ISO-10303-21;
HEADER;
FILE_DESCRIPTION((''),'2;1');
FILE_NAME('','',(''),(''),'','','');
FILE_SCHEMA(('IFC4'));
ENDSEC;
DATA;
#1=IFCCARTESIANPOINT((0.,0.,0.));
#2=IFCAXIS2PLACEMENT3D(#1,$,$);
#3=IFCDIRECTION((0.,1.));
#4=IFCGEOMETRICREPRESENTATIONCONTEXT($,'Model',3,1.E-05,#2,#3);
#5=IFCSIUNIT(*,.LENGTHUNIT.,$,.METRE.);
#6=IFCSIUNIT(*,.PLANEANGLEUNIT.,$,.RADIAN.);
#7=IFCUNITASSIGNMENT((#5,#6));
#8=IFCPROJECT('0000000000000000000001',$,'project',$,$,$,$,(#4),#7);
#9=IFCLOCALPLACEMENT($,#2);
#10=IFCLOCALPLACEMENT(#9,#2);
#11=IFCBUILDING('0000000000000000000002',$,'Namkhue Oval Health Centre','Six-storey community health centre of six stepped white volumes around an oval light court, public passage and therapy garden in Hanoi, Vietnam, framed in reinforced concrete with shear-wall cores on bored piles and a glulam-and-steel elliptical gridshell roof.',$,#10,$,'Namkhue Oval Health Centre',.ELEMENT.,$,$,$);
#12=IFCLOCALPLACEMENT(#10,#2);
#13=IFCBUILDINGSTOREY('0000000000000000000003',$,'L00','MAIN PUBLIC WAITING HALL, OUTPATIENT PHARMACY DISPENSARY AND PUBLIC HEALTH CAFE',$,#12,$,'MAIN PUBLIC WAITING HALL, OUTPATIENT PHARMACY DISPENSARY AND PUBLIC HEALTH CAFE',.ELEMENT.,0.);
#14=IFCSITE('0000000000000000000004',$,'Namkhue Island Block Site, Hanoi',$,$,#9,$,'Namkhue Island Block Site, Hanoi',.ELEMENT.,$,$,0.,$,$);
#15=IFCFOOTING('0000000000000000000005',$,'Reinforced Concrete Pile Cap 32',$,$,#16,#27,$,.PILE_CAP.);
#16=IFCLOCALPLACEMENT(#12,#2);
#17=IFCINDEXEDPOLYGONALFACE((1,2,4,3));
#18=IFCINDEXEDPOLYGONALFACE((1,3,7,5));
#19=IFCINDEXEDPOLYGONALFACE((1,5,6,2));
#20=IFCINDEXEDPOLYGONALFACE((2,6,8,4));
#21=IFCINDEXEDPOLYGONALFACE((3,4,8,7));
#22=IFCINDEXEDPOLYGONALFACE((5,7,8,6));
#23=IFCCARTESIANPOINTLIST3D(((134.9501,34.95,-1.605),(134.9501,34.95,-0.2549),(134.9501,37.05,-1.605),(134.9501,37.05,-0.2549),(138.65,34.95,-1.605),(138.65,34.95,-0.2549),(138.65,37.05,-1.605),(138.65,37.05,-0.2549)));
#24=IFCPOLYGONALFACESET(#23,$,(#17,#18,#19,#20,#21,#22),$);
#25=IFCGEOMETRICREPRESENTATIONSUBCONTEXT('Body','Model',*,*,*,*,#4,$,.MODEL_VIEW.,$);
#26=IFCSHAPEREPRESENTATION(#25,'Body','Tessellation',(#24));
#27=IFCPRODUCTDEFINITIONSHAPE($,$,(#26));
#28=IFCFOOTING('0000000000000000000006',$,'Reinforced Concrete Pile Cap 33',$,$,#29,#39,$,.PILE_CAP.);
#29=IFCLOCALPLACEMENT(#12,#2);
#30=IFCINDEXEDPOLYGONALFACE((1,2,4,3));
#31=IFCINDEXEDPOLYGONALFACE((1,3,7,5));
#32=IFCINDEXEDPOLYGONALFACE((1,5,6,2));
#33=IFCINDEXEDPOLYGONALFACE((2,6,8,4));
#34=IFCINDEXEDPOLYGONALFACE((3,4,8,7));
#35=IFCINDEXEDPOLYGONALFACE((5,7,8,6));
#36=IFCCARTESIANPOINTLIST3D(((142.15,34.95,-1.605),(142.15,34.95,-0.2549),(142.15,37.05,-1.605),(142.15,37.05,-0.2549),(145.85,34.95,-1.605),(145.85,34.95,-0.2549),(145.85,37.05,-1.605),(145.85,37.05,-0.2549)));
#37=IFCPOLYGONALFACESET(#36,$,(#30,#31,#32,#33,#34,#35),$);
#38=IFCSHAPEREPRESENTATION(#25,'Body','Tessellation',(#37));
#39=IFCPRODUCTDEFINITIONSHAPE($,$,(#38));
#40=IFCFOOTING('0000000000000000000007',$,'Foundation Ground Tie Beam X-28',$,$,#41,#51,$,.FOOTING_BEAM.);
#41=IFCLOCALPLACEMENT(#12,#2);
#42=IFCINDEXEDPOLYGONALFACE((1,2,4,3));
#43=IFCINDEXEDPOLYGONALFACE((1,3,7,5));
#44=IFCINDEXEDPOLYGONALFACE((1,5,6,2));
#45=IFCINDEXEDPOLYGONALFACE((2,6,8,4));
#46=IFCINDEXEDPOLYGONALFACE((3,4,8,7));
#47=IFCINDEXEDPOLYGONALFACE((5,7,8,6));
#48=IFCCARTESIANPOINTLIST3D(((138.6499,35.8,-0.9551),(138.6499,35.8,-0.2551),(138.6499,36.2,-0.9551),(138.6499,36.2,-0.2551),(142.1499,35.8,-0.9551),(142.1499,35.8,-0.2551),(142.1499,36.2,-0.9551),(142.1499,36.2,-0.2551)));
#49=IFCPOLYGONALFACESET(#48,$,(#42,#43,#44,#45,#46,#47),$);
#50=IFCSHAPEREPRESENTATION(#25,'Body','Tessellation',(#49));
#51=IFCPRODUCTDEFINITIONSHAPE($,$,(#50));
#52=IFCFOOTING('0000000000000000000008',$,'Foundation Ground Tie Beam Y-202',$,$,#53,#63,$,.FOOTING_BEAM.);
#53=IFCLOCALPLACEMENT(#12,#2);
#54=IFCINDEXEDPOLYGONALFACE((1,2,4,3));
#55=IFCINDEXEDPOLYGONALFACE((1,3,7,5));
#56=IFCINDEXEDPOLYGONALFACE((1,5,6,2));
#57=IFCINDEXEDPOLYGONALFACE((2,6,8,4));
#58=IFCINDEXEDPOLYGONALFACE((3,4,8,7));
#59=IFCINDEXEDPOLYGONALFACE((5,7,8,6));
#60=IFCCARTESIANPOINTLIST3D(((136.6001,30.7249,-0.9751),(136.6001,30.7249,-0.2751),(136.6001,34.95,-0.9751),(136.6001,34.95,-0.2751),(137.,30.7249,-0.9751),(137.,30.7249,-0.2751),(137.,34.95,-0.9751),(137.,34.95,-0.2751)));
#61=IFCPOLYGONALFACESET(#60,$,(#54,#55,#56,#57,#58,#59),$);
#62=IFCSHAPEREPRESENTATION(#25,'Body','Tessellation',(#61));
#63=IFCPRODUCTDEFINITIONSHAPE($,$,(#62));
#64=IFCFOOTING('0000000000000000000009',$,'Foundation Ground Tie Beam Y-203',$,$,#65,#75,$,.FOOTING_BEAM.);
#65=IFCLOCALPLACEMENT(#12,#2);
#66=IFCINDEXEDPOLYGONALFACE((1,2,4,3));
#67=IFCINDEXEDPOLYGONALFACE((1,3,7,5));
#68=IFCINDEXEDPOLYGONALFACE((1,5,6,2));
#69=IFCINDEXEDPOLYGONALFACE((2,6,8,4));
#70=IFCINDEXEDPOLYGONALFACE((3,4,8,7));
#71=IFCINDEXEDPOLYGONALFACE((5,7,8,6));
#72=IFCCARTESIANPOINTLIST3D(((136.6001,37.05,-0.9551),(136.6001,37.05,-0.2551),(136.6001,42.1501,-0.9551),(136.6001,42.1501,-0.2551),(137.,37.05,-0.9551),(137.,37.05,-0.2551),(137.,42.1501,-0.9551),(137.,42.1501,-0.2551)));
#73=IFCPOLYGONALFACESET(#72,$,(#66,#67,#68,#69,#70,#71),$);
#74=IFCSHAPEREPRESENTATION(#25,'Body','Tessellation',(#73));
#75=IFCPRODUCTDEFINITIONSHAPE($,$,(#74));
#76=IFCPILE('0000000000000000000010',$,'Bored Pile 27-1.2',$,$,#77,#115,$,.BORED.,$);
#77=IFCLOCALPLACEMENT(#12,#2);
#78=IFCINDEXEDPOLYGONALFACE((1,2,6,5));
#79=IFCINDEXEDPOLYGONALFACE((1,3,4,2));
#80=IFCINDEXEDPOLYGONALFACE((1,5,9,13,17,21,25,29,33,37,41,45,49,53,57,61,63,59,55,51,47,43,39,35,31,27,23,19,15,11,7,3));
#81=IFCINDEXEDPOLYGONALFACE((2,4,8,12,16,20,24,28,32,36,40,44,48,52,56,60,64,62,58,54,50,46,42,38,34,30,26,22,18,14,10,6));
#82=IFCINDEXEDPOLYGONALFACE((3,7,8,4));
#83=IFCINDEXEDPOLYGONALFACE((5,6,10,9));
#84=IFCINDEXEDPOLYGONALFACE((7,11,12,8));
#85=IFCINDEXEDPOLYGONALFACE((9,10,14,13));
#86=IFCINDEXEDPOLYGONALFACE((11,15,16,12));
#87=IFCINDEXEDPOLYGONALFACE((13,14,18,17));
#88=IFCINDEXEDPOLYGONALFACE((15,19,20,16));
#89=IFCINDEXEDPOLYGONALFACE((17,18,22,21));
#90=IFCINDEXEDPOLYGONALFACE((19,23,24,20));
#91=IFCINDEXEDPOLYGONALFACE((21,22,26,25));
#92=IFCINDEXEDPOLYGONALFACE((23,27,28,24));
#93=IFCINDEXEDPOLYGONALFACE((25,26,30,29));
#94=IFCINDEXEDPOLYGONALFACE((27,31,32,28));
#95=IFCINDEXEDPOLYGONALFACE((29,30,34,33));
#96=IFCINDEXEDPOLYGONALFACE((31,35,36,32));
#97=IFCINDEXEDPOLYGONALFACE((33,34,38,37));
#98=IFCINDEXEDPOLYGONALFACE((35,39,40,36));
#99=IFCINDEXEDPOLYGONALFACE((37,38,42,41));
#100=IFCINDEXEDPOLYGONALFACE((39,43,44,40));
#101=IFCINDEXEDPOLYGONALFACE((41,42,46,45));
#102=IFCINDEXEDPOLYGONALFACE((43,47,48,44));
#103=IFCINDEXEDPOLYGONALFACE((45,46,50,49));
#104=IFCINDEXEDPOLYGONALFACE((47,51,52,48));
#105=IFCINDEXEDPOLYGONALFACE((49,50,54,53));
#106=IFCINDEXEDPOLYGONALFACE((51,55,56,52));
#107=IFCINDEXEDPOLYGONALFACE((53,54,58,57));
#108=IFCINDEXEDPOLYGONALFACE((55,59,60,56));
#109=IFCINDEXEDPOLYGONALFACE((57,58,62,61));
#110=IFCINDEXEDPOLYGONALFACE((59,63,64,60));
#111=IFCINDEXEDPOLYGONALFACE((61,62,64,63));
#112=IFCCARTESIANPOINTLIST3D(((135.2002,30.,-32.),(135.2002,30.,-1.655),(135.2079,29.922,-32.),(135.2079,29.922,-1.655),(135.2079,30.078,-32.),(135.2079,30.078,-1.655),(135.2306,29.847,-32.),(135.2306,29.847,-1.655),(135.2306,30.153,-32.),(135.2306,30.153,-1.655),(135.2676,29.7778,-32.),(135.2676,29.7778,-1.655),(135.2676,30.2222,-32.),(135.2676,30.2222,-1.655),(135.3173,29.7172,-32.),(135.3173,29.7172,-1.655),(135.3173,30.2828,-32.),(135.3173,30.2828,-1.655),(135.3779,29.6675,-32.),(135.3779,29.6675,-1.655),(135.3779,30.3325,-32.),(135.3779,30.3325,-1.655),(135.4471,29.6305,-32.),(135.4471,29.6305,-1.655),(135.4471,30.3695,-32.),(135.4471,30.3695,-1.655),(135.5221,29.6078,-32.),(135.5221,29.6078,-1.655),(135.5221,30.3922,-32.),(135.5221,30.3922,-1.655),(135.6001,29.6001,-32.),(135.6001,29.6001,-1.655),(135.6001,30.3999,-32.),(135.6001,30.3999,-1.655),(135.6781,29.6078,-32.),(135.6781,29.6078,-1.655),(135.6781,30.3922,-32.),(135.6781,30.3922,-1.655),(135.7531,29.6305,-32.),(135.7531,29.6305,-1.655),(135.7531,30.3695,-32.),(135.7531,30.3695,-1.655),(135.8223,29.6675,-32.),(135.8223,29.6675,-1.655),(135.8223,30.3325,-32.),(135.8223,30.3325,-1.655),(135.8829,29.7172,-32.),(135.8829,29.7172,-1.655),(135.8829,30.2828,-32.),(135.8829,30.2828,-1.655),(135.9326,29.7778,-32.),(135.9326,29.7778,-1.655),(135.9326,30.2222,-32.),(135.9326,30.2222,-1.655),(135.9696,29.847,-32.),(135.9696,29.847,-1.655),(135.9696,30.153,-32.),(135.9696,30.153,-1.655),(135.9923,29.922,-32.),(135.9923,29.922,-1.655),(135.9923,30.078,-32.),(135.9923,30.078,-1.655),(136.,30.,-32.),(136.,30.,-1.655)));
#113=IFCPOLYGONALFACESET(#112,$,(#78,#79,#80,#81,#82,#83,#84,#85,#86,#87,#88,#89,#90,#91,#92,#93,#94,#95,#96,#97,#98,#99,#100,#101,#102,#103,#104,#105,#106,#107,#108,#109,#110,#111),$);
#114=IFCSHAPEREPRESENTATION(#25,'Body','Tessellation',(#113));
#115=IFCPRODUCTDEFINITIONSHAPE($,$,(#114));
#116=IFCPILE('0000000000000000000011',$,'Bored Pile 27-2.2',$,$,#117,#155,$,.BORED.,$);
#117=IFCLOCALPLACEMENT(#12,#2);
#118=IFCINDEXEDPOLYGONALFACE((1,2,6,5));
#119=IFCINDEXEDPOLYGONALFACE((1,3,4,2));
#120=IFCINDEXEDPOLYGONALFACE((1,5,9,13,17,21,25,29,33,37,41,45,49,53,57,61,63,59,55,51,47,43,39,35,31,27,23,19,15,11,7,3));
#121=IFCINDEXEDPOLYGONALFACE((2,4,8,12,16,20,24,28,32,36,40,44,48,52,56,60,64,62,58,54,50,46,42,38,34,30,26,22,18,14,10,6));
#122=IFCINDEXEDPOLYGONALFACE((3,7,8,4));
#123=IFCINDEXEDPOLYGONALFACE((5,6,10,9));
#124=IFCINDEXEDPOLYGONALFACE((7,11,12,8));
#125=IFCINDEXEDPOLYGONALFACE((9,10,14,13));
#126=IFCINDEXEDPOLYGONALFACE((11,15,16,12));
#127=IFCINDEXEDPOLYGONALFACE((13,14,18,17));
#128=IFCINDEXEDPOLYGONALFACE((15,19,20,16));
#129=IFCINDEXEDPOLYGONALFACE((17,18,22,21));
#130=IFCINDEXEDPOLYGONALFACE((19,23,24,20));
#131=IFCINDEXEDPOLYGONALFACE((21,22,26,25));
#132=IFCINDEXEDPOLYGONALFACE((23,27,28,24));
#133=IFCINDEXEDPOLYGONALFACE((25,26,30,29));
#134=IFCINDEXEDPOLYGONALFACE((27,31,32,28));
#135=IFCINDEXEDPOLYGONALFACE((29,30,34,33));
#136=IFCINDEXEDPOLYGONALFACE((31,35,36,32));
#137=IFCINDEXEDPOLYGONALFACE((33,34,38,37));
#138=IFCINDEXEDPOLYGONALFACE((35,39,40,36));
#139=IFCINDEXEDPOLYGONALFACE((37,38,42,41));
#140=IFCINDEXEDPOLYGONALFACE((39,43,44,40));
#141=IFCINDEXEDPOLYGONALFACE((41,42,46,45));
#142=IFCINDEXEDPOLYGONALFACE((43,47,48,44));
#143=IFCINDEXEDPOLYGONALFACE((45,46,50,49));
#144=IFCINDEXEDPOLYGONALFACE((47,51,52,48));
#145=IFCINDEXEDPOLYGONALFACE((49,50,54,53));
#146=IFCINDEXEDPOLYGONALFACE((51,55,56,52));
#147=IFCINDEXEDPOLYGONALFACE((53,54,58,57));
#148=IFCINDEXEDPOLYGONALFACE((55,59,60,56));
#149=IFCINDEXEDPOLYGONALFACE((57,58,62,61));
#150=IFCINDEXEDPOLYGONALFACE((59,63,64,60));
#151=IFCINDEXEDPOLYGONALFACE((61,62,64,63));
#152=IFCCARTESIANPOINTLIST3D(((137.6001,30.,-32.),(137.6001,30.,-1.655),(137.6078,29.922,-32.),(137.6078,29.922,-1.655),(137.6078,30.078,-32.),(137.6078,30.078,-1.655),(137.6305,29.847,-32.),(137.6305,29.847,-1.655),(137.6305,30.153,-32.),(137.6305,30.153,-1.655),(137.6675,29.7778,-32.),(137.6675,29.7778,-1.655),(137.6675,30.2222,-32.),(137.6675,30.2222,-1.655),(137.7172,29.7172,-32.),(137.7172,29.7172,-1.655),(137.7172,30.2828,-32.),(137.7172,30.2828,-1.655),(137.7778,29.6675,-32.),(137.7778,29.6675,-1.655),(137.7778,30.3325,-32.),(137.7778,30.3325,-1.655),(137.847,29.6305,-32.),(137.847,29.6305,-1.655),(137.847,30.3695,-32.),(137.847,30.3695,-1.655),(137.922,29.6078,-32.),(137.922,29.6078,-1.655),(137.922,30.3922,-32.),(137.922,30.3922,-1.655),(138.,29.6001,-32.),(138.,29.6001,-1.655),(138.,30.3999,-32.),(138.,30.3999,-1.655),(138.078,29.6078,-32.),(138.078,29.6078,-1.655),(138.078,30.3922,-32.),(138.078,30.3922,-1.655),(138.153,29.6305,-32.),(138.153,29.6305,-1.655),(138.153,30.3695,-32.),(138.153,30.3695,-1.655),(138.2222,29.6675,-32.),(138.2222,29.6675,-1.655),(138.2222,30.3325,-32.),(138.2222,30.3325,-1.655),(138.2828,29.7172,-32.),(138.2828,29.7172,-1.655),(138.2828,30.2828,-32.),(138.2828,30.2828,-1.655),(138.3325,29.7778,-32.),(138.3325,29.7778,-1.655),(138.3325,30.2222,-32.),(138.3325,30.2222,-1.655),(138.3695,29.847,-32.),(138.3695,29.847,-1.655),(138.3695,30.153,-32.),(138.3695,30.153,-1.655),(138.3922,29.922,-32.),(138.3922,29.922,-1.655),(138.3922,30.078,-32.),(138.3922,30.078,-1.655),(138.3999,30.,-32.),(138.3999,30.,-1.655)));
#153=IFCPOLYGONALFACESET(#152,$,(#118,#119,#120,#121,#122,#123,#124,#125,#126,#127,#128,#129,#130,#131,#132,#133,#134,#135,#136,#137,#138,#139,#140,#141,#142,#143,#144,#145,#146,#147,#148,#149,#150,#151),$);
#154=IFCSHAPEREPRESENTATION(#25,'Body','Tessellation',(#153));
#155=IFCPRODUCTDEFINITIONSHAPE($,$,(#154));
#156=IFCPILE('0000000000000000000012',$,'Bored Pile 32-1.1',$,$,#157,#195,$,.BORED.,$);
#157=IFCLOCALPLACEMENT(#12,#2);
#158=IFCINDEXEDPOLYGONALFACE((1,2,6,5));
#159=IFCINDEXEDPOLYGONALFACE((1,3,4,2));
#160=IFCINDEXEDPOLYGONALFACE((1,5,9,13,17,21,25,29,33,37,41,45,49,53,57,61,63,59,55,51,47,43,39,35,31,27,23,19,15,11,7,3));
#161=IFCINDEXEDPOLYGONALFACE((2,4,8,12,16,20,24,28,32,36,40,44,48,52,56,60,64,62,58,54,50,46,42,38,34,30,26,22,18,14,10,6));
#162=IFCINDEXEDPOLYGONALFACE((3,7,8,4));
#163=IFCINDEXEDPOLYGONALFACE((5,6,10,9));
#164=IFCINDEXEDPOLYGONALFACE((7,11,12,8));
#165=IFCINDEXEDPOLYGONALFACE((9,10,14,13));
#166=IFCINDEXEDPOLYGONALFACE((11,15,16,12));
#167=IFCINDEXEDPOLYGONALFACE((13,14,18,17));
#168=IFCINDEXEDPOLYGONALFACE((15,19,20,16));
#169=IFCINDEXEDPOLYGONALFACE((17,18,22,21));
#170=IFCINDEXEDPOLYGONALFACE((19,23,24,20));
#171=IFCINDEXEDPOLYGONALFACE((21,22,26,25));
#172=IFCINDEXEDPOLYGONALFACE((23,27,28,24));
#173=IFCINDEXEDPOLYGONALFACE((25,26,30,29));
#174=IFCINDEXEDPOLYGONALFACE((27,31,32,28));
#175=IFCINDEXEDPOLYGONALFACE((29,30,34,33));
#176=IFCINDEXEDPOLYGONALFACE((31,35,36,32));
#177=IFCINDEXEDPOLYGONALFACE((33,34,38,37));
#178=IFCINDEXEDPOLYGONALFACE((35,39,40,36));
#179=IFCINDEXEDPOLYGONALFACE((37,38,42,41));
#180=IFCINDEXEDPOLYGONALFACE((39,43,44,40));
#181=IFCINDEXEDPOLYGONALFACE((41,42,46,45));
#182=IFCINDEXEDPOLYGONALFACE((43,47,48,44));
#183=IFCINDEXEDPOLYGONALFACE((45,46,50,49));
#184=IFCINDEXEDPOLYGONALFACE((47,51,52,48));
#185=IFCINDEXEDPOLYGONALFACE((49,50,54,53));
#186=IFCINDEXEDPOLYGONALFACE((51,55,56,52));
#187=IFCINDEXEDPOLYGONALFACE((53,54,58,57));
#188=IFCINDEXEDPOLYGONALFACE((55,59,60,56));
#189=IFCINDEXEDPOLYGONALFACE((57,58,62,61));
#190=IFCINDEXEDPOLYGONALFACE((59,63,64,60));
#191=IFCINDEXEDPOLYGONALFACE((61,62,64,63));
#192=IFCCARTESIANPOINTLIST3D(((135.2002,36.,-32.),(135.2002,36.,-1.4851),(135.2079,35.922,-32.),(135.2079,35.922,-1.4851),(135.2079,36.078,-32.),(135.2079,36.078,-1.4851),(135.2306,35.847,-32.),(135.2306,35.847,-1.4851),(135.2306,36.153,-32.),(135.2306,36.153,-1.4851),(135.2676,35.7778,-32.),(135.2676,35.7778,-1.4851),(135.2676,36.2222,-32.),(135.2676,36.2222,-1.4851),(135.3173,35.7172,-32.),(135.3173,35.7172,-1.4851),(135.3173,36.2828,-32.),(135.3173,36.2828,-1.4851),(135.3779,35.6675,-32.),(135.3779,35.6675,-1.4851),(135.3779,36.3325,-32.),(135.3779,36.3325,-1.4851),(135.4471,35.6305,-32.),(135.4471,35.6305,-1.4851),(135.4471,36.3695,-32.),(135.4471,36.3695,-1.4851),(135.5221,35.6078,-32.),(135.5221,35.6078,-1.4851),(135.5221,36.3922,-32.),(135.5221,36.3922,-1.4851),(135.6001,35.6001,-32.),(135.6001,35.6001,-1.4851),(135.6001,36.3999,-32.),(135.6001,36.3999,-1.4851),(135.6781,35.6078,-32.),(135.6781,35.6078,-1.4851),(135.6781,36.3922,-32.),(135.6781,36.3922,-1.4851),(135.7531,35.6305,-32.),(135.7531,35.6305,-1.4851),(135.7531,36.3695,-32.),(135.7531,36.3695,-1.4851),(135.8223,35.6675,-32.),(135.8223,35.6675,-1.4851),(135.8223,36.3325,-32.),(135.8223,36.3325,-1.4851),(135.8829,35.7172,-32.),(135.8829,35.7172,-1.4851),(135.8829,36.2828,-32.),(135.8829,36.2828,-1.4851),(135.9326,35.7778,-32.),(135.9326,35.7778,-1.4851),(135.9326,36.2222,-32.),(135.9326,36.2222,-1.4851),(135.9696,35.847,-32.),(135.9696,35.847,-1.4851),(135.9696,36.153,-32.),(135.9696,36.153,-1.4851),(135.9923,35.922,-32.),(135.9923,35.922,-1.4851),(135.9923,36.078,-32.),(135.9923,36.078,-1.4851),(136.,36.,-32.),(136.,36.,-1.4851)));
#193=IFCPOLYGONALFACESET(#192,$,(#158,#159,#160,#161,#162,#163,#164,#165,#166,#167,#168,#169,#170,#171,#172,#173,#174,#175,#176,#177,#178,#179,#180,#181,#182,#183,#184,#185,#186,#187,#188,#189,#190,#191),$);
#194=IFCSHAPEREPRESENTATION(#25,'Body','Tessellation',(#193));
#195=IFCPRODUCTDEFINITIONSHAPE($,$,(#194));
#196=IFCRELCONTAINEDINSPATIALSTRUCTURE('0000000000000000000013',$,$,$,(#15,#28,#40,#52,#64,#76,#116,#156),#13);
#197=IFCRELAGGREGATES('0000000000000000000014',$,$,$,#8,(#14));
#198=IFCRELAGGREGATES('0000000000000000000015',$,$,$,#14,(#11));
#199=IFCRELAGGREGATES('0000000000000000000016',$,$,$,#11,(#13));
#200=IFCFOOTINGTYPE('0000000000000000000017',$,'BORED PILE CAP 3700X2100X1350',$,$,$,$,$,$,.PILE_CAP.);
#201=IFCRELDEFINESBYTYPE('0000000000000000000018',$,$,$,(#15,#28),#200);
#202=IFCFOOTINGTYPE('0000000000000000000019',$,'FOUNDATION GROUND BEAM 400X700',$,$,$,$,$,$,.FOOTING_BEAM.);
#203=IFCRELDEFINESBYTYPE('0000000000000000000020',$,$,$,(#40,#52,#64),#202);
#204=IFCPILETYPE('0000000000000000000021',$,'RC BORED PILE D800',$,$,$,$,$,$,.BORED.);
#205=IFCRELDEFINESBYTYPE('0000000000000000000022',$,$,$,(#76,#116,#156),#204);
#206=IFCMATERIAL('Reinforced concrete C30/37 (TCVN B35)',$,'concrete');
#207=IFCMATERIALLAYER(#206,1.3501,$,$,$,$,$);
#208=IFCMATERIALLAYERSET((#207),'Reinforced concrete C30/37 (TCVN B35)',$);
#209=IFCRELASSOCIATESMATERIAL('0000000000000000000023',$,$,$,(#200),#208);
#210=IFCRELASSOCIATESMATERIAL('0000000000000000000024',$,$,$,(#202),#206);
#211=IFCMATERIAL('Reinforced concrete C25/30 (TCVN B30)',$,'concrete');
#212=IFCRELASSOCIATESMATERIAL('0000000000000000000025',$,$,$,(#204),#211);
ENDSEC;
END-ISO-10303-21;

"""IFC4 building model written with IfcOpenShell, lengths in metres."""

from ifc_helpers import new_model, si_unit, direction, frame, origin, origin_2d, place, context, subcontext, project, spatial, rectangle, circle, extrude, material, layer, layer_set, material_profile, profile_set, type_object, element, save


model = new_model("IFC4")

# Units and contexts
model_context = context("Model", 3, precision=1e-05, world=origin(), true_north=direction((0.0, 1.0)))
body_context = subcontext(model_context, "Body", "Model", "MODEL_VIEW")
ifc_project = project(units=[si_unit("LENGTHUNIT", "METRE"), si_unit("PLANEANGLEUNIT", "RADIAN")], contexts=[model_context])

# Site, building, storey
site_placement = place(None, origin())
site = spatial("IfcSite", under=ifc_project, at=site_placement, Name="Namkhue Island Block Site, Hanoi", LongName="Namkhue Island Block Site, Hanoi", CompositionType="ELEMENT", RefElevation=0.0)
building_placement = place(site_placement, origin())
building = spatial("IfcBuilding", under=site, at=building_placement, Name="Namkhue Oval Health Centre", Description="Six-storey community health centre of six stepped white volumes around an oval light court, public passage and therapy garden in Hanoi, Vietnam, framed in reinforced concrete with shear-wall cores on bored piles and a glulam-and-steel elliptical gridshell roof.", LongName="Namkhue Oval Health Centre", CompositionType="ELEMENT")
storey_placement = place(building_placement, origin())
storey = spatial("IfcBuildingStorey", under=building, at=storey_placement, Name="L00", Description="MAIN PUBLIC WAITING HALL, OUTPATIENT PHARMACY DISPENSARY AND PUBLIC HEALTH CAFE", LongName="MAIN PUBLIC WAITING HALL, OUTPATIENT PHARMACY DISPENSARY AND PUBLIC HEALTH CAFE", CompositionType="ELEMENT", Elevation=0.0)

# Footings
ifc_material_1 = material(Name="Reinforced concrete C30/37 (TCVN B35)", Category="concrete")
ifc_layer_1 = layer(ifc_material_1, 1.3501)
ifc_layer_set_1 = layer_set([ifc_layer_1], Name="Reinforced concrete C30/37 (TCVN B35)")
footing_type_1 = type_object("IfcFootingType", Name="BORED PILE CAP 3700X2100X1350", PredefinedType="PILE_CAP", material=ifc_layer_set_1)
for number, where, z_axis, x_axis, name in (
    (1, (136.8, 36.0, -1.605), (0.0, 0.0, 1.0), (1.0, 0.0, 0.0), "Reinforced Concrete Pile Cap 32"),
    (2, (144.0, 36.0, -1.605), (0.0, 0.0, 1.0), (1.0, 0.0, 0.0), "Reinforced Concrete Pile Cap 33"),
):
    element("IfcFooting", number, at=place(storey_placement, frame(where, z_axis=z_axis, x_axis=x_axis)), inside=storey, type_object=footing_type_1, Name=name, PredefinedType="PILE_CAP", context=body_context, shape_type="SweptSolid", body=[
        extrude(rectangle(XDim=3.7, YDim=2.1001, at=origin_2d()), origin(), (0.0, 0.0, 1.0), 1.3501),
    ])
footing_type_2 = type_object("IfcFootingType", Name="FOUNDATION GROUND BEAM 400X700", PredefinedType="FOOTING_BEAM", material=ifc_material_1)
footing_1_placement = place(storey_placement, frame((140.3999, 36.0, -0.9551), z_axis=(0.0, 0.0, 1.0), x_axis=(1.0, 0.0, 0.0)))
element("IfcFooting", 3, at=footing_1_placement, inside=storey, type_object=footing_type_2, Name="Foundation Ground Tie Beam X-28", PredefinedType="FOOTING_BEAM", context=body_context, shape_type="SweptSolid", body=[
    extrude(rectangle(XDim=3.5, YDim=0.3999, at=origin_2d()), origin(), (0.0, 0.0, 1.0), 0.7),
])
footing_2_placement = place(storey_placement, frame((136.8, 32.8374, -0.9751), z_axis=(0.0, 0.0, 1.0), x_axis=(0.0, 1.0, 0.0)))
element("IfcFooting", 4, at=footing_2_placement, inside=storey, type_object=footing_type_2, Name="Foundation Ground Tie Beam Y-202", PredefinedType="FOOTING_BEAM", context=body_context, shape_type="SweptSolid", body=[
    extrude(rectangle(XDim=4.2251, YDim=0.3999, at=origin_2d()), origin(), (0.0, 0.0, 1.0), 0.7),
])
footing_3_placement = place(storey_placement, frame((136.8, 39.6001, -0.9551), z_axis=(0.0, 0.0, 1.0), x_axis=(0.0, 1.0, 0.0)))
element("IfcFooting", 5, at=footing_3_placement, inside=storey, type_object=footing_type_2, Name="Foundation Ground Tie Beam Y-203", PredefinedType="FOOTING_BEAM", context=body_context, shape_type="SweptSolid", body=[
    extrude(rectangle(XDim=5.1001, YDim=0.3999, at=origin_2d()), origin(), (0.0, 0.0, 1.0), 0.7),
])

# Piles
ifc_material_2 = material(Name="Reinforced concrete C25/30 (TCVN B30)", Category="concrete")
ifc_material_profile_1 = material_profile(ifc_material_2, circle(Radius=0.3999, at=origin_2d()), Name="BORED PILE D800")
ifc_profile_set_1 = profile_set([ifc_material_profile_1], Name="Reinforced concrete C25/30 (TCVN B30)")
pile_type = type_object("IfcPileType", Name="RC BORED PILE D800", PredefinedType="BORED", material=ifc_profile_set_1)
for number, where, z_axis, x_axis, name in (
    (6, (135.6001, 30.0, -1.655), (0.0, 0.0, -1.0), (1.0, 0.0, 0.0), "Bored Pile 27-1.2"),
    (7, (138.0, 30.0, -1.655), (0.0, 0.0, -1.0), (1.0, 0.0, 0.0), "Bored Pile 27-2.2"),
):
    element("IfcPile", number, at=place(storey_placement, frame(where, z_axis=z_axis, x_axis=x_axis)), inside=storey, type_object=pile_type, Name=name, PredefinedType="BORED", context=body_context, shape_type="SweptSolid", body=[
        extrude(circle(Radius=0.3999, at=origin_2d()), origin(), (0.0, 0.0, 1.0), 30.345),
    ])
for number, where, z_axis, x_axis, name in (
    (8, (135.6001, 36.0, -1.4851), (0.0, 0.0, -1.0), (1.0, 0.0, 0.0), "Bored Pile 32-1.1"),
):
    element("IfcPile", number, at=place(storey_placement, frame(where, z_axis=z_axis, x_axis=x_axis)), inside=storey, type_object=pile_type, Name=name, PredefinedType="BORED", context=body_context, shape_type="SweptSolid", body=[
        extrude(circle(Radius=0.3999, at=origin_2d()), origin(), (0.0, 0.0, 1.0), 30.5149),
    ])

save(model, "model.ifc")
